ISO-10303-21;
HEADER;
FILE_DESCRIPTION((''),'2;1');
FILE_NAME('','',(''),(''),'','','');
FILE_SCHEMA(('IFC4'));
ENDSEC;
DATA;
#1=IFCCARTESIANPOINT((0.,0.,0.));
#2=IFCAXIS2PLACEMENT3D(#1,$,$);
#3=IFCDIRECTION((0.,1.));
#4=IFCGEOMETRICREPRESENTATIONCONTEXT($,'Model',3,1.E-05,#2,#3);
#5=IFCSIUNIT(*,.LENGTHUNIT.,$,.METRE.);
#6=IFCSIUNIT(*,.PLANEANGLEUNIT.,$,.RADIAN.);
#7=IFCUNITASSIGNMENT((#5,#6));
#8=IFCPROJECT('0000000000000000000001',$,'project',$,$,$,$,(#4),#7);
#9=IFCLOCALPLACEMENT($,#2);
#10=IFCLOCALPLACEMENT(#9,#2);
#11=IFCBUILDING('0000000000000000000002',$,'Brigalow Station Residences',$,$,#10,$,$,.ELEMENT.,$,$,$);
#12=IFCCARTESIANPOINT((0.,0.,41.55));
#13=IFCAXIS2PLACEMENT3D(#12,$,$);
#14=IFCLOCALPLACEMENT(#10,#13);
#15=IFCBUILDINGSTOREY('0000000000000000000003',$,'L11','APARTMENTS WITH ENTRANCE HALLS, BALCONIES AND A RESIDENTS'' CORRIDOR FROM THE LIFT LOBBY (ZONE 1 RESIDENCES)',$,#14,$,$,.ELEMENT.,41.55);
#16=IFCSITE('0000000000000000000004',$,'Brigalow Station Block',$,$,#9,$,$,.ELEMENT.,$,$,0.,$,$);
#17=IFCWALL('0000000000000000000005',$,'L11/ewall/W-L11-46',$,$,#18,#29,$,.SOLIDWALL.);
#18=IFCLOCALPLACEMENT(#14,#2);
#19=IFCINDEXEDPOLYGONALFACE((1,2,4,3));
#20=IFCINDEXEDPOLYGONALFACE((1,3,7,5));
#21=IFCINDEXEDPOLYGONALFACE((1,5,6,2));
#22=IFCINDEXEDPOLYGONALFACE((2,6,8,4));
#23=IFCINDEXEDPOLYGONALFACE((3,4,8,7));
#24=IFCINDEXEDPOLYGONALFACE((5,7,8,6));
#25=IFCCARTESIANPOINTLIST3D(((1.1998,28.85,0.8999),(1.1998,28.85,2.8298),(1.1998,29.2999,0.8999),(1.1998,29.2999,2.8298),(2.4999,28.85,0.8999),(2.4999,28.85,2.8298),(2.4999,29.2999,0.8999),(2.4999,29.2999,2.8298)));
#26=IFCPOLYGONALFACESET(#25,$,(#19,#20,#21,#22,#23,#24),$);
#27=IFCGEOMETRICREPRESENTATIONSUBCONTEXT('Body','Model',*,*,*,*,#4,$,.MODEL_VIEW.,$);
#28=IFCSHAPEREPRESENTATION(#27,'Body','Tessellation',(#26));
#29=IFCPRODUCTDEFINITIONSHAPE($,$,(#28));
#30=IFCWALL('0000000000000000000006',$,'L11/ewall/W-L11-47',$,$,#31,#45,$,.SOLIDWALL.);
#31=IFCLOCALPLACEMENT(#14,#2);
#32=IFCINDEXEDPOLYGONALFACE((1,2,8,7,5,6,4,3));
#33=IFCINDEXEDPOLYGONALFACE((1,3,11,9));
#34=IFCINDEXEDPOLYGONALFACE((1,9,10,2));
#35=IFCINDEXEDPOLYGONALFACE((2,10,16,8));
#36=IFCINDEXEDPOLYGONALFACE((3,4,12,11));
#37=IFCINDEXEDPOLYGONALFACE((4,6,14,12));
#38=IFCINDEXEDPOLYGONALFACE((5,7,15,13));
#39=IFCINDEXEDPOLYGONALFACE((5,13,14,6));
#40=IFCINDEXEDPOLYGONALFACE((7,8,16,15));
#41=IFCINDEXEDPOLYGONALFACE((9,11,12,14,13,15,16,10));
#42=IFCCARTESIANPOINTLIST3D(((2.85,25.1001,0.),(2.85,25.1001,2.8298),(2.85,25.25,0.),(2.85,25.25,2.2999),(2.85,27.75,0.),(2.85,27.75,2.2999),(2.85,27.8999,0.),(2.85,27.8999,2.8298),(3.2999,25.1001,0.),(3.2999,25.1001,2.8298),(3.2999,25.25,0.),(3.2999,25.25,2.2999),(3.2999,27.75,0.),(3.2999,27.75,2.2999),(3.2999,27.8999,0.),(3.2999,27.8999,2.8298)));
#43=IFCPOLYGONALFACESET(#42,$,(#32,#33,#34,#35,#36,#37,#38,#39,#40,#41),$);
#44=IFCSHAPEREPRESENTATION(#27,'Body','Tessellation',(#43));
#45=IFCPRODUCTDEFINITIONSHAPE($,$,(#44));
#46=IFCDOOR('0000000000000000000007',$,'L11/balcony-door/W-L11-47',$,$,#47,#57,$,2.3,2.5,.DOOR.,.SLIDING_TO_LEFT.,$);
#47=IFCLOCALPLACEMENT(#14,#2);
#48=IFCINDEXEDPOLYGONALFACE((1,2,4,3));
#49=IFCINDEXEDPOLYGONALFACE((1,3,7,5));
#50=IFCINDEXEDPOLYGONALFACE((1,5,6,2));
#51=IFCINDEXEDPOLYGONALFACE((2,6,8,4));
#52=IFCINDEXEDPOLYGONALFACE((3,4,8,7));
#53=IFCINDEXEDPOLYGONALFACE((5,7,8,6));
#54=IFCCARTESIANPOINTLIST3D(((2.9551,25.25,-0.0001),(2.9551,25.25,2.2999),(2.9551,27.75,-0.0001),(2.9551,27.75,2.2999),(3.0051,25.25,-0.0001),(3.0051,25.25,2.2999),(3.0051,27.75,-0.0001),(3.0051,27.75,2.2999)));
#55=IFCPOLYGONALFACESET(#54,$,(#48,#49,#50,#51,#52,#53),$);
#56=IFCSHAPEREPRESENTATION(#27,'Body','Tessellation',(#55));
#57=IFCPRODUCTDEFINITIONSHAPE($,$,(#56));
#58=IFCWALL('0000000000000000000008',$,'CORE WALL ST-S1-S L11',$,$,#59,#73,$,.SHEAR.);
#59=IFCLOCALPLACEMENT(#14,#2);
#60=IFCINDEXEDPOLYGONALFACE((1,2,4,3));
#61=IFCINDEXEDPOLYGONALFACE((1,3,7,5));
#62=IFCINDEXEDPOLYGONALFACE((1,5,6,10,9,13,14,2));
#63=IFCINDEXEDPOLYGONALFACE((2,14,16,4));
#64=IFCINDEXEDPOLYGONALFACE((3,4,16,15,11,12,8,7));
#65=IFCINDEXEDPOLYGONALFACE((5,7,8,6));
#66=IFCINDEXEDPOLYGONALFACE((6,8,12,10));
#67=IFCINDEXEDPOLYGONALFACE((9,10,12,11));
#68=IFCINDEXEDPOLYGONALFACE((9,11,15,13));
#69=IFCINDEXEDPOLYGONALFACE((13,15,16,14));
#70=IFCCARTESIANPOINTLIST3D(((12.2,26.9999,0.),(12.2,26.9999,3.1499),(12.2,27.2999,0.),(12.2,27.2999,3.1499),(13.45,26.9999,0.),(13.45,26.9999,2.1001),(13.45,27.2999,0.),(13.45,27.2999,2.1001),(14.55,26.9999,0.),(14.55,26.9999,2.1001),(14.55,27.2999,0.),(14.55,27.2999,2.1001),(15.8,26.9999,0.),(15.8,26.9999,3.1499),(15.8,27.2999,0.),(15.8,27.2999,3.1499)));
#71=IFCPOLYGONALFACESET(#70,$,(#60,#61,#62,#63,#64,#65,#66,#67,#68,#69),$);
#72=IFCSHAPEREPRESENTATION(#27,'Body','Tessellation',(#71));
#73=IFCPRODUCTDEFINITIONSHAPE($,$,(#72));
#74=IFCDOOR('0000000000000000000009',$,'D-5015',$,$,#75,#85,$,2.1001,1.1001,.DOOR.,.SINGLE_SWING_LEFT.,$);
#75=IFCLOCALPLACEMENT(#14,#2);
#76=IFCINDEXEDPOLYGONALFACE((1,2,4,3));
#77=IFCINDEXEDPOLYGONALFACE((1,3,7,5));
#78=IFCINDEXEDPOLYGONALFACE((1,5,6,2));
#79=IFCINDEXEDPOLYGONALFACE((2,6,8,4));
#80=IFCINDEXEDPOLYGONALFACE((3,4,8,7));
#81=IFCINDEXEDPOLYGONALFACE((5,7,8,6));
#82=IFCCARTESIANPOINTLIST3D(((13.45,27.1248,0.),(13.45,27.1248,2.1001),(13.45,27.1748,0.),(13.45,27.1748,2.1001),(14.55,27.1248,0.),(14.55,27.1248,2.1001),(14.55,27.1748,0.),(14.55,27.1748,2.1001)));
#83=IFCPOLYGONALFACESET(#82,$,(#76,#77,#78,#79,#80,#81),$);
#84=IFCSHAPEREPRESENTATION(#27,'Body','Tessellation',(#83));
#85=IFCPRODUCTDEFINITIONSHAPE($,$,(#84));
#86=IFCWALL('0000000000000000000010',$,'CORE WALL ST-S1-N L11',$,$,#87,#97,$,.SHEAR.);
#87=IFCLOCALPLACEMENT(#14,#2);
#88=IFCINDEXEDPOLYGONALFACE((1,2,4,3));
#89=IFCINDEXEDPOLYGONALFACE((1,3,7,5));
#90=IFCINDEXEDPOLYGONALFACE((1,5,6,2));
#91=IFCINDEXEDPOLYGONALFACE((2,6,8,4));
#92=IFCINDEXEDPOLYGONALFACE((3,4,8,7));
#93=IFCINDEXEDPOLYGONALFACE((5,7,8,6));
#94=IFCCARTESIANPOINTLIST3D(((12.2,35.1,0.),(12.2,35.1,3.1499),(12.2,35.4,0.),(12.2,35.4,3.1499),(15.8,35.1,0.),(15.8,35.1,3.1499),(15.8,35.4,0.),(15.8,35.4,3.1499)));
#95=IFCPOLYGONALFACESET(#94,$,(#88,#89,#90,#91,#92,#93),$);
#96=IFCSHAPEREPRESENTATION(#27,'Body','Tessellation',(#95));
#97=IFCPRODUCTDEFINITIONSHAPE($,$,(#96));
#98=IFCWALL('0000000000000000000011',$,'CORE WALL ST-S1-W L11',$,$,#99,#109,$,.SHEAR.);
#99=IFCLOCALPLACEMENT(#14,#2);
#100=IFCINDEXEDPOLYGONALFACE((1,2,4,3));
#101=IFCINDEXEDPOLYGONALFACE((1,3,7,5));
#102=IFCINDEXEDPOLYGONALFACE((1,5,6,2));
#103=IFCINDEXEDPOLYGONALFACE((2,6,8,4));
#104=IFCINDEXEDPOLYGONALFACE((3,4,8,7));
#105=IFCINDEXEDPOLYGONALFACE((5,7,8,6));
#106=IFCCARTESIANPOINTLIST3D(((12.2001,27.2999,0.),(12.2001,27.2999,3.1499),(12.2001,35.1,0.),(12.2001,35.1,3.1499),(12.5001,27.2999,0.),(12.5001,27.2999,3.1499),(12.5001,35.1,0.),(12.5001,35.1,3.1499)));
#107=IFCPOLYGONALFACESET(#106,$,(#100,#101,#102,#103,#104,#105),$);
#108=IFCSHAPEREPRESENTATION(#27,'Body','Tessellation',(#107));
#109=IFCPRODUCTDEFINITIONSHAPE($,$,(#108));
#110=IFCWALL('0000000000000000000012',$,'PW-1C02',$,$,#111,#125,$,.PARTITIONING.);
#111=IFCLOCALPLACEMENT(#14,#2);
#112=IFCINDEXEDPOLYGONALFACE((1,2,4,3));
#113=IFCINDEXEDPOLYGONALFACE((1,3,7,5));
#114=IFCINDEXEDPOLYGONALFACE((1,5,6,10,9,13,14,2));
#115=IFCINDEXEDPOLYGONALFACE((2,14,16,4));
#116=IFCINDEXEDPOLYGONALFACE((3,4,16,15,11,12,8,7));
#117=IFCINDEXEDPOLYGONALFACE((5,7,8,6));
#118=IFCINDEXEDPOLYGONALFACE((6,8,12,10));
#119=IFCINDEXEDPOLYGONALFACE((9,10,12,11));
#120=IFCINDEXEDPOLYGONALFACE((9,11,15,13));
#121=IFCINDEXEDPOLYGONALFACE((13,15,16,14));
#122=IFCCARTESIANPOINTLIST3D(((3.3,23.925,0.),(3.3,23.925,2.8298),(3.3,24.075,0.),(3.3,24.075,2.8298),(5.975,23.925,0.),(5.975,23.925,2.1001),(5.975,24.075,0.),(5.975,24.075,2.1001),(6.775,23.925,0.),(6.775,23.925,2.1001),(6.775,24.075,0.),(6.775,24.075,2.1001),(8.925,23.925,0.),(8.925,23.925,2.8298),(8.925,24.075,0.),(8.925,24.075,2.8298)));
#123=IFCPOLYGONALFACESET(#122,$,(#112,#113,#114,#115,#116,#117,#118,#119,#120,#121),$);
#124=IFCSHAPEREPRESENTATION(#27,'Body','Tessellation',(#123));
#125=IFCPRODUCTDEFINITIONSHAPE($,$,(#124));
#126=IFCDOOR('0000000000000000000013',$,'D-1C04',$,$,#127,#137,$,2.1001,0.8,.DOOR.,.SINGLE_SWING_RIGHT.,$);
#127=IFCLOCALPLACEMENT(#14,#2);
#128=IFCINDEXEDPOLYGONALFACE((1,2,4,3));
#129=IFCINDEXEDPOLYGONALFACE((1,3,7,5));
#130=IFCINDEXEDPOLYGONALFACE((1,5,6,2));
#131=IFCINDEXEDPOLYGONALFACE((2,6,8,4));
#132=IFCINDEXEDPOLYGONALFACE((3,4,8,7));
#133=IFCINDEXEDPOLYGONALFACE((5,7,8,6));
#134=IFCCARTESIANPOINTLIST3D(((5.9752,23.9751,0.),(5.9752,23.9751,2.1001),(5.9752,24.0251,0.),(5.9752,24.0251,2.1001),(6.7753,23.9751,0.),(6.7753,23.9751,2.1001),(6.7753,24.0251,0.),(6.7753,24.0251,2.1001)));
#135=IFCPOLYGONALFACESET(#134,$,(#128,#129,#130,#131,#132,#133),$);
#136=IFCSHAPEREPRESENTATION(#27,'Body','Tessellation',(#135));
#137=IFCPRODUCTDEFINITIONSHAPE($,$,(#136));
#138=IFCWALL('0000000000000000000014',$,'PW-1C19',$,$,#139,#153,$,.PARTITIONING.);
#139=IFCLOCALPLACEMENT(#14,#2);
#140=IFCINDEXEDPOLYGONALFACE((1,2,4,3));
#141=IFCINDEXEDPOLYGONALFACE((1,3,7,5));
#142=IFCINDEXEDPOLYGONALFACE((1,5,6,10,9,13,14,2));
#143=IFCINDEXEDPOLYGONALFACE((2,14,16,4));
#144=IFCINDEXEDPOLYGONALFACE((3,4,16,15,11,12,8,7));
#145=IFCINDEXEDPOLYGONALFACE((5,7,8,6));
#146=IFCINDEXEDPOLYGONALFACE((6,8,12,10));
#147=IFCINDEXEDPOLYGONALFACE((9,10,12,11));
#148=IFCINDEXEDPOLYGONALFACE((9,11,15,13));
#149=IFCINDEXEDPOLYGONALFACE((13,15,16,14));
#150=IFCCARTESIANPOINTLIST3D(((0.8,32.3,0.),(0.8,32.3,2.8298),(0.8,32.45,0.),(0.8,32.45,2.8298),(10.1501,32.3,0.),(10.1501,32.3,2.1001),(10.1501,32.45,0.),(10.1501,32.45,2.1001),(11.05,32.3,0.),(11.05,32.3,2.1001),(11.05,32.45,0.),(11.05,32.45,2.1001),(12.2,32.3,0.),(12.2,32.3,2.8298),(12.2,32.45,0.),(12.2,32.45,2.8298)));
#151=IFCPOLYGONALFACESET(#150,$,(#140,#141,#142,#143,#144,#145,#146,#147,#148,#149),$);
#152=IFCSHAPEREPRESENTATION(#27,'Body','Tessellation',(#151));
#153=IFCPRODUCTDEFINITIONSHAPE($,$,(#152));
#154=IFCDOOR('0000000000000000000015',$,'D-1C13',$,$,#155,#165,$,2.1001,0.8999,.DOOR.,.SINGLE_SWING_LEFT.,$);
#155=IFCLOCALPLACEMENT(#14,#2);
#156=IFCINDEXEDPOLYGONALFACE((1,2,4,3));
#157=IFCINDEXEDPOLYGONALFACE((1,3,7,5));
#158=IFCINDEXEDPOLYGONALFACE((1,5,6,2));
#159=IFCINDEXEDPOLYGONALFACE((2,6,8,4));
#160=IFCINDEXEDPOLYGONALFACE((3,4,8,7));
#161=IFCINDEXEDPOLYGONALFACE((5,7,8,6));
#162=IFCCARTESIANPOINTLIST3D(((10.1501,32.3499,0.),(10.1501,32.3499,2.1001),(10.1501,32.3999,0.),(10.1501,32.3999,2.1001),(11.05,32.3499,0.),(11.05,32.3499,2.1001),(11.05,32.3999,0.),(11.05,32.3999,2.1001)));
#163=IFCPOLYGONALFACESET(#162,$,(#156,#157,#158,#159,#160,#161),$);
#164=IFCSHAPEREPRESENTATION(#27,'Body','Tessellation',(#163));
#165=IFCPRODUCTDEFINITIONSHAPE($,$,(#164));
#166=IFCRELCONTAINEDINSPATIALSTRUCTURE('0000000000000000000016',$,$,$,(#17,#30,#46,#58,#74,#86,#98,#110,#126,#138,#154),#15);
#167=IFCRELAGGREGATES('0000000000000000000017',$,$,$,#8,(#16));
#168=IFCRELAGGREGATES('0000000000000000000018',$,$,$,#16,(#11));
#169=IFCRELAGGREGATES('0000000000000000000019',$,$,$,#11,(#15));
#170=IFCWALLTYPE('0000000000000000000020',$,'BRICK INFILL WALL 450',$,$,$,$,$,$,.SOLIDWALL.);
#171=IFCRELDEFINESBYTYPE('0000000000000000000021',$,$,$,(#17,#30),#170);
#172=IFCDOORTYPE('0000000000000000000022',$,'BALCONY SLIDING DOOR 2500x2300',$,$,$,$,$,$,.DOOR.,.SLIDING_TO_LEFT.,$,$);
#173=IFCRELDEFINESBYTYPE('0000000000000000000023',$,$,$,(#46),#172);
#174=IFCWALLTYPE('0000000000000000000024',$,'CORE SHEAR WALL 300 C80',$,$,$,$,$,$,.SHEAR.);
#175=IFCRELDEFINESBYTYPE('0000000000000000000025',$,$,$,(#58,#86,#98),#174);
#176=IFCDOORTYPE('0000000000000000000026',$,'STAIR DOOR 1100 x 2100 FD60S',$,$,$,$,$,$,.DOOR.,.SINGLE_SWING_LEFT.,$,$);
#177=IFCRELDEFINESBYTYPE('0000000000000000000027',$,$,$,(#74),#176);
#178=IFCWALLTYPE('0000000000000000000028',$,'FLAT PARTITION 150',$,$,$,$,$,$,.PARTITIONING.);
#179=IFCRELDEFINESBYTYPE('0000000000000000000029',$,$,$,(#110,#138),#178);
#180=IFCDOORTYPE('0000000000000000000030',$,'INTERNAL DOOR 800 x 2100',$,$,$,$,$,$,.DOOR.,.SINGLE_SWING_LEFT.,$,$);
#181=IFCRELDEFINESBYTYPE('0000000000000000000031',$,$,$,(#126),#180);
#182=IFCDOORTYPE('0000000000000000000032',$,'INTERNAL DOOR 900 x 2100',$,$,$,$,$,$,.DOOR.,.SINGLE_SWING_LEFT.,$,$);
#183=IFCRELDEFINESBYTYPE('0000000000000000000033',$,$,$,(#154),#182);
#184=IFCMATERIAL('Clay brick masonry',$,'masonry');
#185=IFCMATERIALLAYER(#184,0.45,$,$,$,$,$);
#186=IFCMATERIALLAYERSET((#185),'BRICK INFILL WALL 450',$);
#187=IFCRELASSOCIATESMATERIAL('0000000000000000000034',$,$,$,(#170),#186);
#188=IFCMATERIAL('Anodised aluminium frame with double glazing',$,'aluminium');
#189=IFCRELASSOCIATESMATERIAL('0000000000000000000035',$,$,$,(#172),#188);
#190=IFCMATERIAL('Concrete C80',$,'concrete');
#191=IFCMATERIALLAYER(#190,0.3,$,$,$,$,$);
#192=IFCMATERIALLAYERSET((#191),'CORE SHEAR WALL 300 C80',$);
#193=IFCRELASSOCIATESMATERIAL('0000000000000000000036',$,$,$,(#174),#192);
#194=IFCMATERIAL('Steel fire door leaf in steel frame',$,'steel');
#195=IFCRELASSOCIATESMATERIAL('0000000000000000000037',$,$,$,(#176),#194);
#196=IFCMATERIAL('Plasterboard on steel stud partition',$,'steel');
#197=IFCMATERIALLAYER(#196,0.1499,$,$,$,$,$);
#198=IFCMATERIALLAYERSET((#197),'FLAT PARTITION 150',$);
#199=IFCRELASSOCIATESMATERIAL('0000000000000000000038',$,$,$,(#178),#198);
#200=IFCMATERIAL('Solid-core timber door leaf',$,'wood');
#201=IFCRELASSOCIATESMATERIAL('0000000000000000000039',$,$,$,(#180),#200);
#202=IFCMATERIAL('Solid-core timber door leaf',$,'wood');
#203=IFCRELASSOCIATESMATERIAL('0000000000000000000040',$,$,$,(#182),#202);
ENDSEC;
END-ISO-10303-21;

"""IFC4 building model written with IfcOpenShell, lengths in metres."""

from ifc_helpers import new_model, si_unit, direction, frame, frame_2d, origin, place, context, subcontext, project, spatial, rectangle, extrude, material, layer, layer_set, type_object, element, fill, save


model = new_model("IFC4")

# Units and contexts
model_context = context("Model", 3, precision=1e-05, world=origin(), true_north=direction((0.0, 1.0)))
body_context = subcontext(model_context, "Body", "Model", "MODEL_VIEW")
ifc_project = project(units=[si_unit("LENGTHUNIT", "METRE"), si_unit("PLANEANGLEUNIT", "RADIAN")], contexts=[model_context])

# Site, building, storey
site_placement = place(None, origin())
site = spatial("IfcSite", under=ifc_project, at=site_placement, Name="Brigalow Station Block", CompositionType="ELEMENT", RefElevation=0.0)
building_placement = place(site_placement, origin())
building = spatial("IfcBuilding", under=site, at=building_placement, Name="Brigalow Station Residences", CompositionType="ELEMENT")
storey_placement = place(building_placement, frame((0.0, 0.0, 41.55)))
storey = spatial("IfcBuildingStorey", under=building, at=storey_placement, Name="L11", Description="APARTMENTS WITH ENTRANCE HALLS, BALCONIES AND A RESIDENTS' CORRIDOR FROM THE LIFT LOBBY (ZONE 1 RESIDENCES)", CompositionType="ELEMENT", Elevation=41.55)

# Shared definitions
ifc_material_1 = material(Name="Clay brick masonry", Category="masonry")
ifc_layer_1 = layer(ifc_material_1, 0.45)
ifc_layer_set_1 = layer_set([ifc_layer_1], Name="BRICK INFILL WALL 450")
wall_type_1 = type_object("IfcWallType", Name="BRICK INFILL WALL 450", PredefinedType="SOLIDWALL", material=ifc_layer_set_1)

# Wall
wall_1_placement = place(storey_placement, frame((1.2, 29.075, 0.8999), z_axis=(0.0, 0.0, 1.0), x_axis=(1.0, 0.0, 0.0)))
element("IfcWall", 1, at=wall_1_placement, inside=storey, type_object=wall_type_1, Name="L11/ewall/W-L11-46", PredefinedType="SOLIDWALL", context=body_context, shape_type="SweptSolid", body=[
    extrude(rectangle(XDim=1.3, YDim=0.45, at=frame_2d((0.6499, 0.0))), origin(), (0.0, 0.0, 1.0), 1.9299),
])

# Walls, openings, doors
wall_2_placement = place(storey_placement, frame((3.075, 27.8999, 0.0), z_axis=(0.0, 0.0, 1.0), x_axis=(0.0, -1.0, 0.0)))
wall_2 = element("IfcWall", 2, at=wall_2_placement, inside=storey, type_object=wall_type_1, Name="L11/ewall/W-L11-47", PredefinedType="SOLIDWALL", context=body_context, shape_type="SweptSolid", body=[
    extrude(rectangle(XDim=2.7998, YDim=0.45, at=frame_2d((1.3999, 0.0))), origin(), (0.0, 0.0, 1.0), 2.8298),
])
opening_1_placement = place(wall_2_placement, frame((0.1499, 0.0, 0.0)))
opening_1 = element("IfcOpeningElement", 3, at=opening_1_placement, cuts=wall_2, PredefinedType="OPENING", context=body_context, shape_type="SweptSolid", body=[
    extrude(rectangle(XDim=2.5, YDim=2.3, at=frame_2d((1.25, 1.1499))), frame((0.0, 0.2349, 0.0), z_axis=(0.0, -1.0, 0.0), x_axis=(1.0, 0.0, 0.0)), (0.0, 0.0, 1.0), 0.47),
])
ifc_material_2 = material(Name="Anodised aluminium frame with double glazing", Category="aluminium")
door_type_1 = type_object("IfcDoorType", Name="BALCONY SLIDING DOOR 2500x2300", OperationType="SLIDING_TO_LEFT", PredefinedType="DOOR", material=ifc_material_2)
door_1_placement = place(opening_1_placement, origin())
door_1 = element("IfcDoor", 4, at=door_1_placement, inside=storey, type_object=door_type_1, Name="L11/balcony-door/W-L11-47", OperationType="SLIDING_TO_LEFT", OverallHeight=2.3, OverallWidth=2.5, PredefinedType="DOOR", context=body_context, shape_type="SweptSolid", body=[
    extrude(rectangle(XDim=2.5, YDim=2.3, at=frame_2d((1.25, 1.1499))), frame((0.0, -0.0698, 0.0), z_axis=(0.0, -1.0, 0.0), x_axis=(1.0, 0.0, 0.0)), (0.0, 0.0, 1.0), 0.05),
])
fill(opening_1, door_1)
ifc_material_3 = material(Name="Concrete C80", Category="concrete")
ifc_layer_2 = layer(ifc_material_3, 0.3)
ifc_layer_set_2 = layer_set([ifc_layer_2], Name="CORE SHEAR WALL 300 C80")
wall_type_2 = type_object("IfcWallType", Name="CORE SHEAR WALL 300 C80", PredefinedType="SHEAR", material=ifc_layer_set_2)
wall_3_placement = place(storey_placement, frame((12.2, 27.1499, 0.0), z_axis=(0.0, 0.0, 1.0), x_axis=(1.0, 0.0, 0.0)))
wall_3 = element("IfcWall", 5, at=wall_3_placement, inside=storey, type_object=wall_type_2, Name="CORE WALL ST-S1-S L11", PredefinedType="SHEAR", context=body_context, shape_type="SweptSolid", body=[
    extrude(rectangle(XDim=3.6001, YDim=0.3, at=frame_2d((1.8, 0.0))), origin(), (0.0, 0.0, 1.0), 3.1499),
])
opening_2_placement = place(wall_3_placement, frame((1.25, 0.0, 0.0)))
opening_2 = element("IfcOpeningElement", 6, at=opening_2_placement, cuts=wall_3, PredefinedType="OPENING", context=body_context, shape_type="SweptSolid", body=[
    extrude(rectangle(XDim=1.1001, YDim=2.1001, at=frame_2d((0.55, 1.05))), frame((0.0, 0.1602, 0.0), z_axis=(0.0, -1.0, 0.0), x_axis=(1.0, 0.0, 0.0)), (0.0, 0.0, 1.0), 0.3201),
])
ifc_material_4 = material(Name="Steel fire door leaf in steel frame", Category="steel")
door_type_2 = type_object("IfcDoorType", Name="STAIR DOOR 1100 x 2100 FD60S", OperationType="SINGLE_SWING_LEFT", PredefinedType="DOOR", material=ifc_material_4)
door_2_placement = place(opening_2_placement, origin())
door_2 = element("IfcDoor", 7, at=door_2_placement, inside=storey, type_object=door_type_2, Name="D-5015", OperationType="SINGLE_SWING_LEFT", OverallHeight=2.1001, OverallWidth=1.1001, PredefinedType="DOOR", context=body_context, shape_type="SweptSolid", body=[
    extrude(rectangle(XDim=1.1001, YDim=2.1001, at=frame_2d((0.55, 1.05))), frame((0.0, 0.0249, 0.0), z_axis=(0.0, -1.0, 0.0), x_axis=(1.0, 0.0, 0.0)), (0.0, 0.0, 1.0), 0.05),
])
fill(opening_2, door_2)

# Walls
wall_4_placement = place(storey_placement, frame((12.2, 35.25, 0.0), z_axis=(0.0, 0.0, 1.0), x_axis=(1.0, 0.0, 0.0)))
element("IfcWall", 8, at=wall_4_placement, inside=storey, type_object=wall_type_2, Name="CORE WALL ST-S1-N L11", PredefinedType="SHEAR", context=body_context, shape_type="SweptSolid", body=[
    extrude(rectangle(XDim=3.6001, YDim=0.3, at=frame_2d((1.8, 0.0))), origin(), (0.0, 0.0, 1.0), 3.1499),
])
wall_5_placement = place(storey_placement, frame((12.3501, 27.3, 0.0), z_axis=(0.0, 0.0, 1.0), x_axis=(0.0, 1.0, 0.0)))
element("IfcWall", 9, at=wall_5_placement, inside=storey, type_object=wall_type_2, Name="CORE WALL ST-S1-W L11", PredefinedType="SHEAR", context=body_context, shape_type="SweptSolid", body=[
    extrude(rectangle(XDim=7.8, YDim=0.3, at=frame_2d((3.8999, 0.0))), origin(), (0.0, 0.0, 1.0), 3.1499),
])

# Walls, openings, doors
ifc_material_5 = material(Name="Plasterboard on steel stud partition", Category="steel")
ifc_layer_3 = layer(ifc_material_5, 0.1499)
ifc_layer_set_3 = layer_set([ifc_layer_3], Name="FLAT PARTITION 150")
wall_type_3 = type_object("IfcWallType", Name="FLAT PARTITION 150", PredefinedType="PARTITIONING", material=ifc_layer_set_3)
wall_6_placement = place(storey_placement, frame((3.3, 24.0, 0.0), z_axis=(0.0, 0.0, 1.0), x_axis=(1.0, 0.0, 0.0)))
wall_6 = element("IfcWall", 10, at=wall_6_placement, inside=storey, type_object=wall_type_3, Name="PW-1C02", PredefinedType="PARTITIONING", context=body_context, shape_type="SweptSolid", body=[
    extrude(rectangle(XDim=5.625, YDim=0.1499, at=frame_2d((2.8125, 0.0))), origin(), (0.0, 0.0, 1.0), 2.8298),
])
opening_3_placement = place(wall_6_placement, frame((2.675, 0.0, 0.0)))
opening_3 = element("IfcOpeningElement", 11, at=opening_3_placement, cuts=wall_6, PredefinedType="OPENING", context=body_context, shape_type="SweptSolid", body=[
    extrude(rectangle(XDim=0.8, YDim=2.1001, at=frame_2d((0.3999, 1.05))), frame((0.0, 0.085, 0.0), z_axis=(0.0, -1.0, 0.0), x_axis=(1.0, 0.0, 0.0)), (0.0, 0.0, 1.0), 0.1699),
])
ifc_material_6 = material(Name="Solid-core timber door leaf", Category="wood")
door_type_3 = type_object("IfcDoorType", Name="INTERNAL DOOR 800 x 2100", OperationType="SINGLE_SWING_LEFT", PredefinedType="DOOR", material=ifc_material_6)
door_3_placement = place(opening_3_placement, frame((0.8, 0.0, 0.0), z_axis=(0.0, 0.0, 1.0), x_axis=(-1.0, 0.0, 0.0)))
door_3 = element("IfcDoor", 12, at=door_3_placement, inside=storey, type_object=door_type_3, Name="D-1C04", OperationType="SINGLE_SWING_RIGHT", OverallHeight=2.1001, OverallWidth=0.8, PredefinedType="DOOR", context=body_context, shape_type="SweptSolid", body=[
    extrude(rectangle(XDim=0.8, YDim=2.1001, at=frame_2d((0.3999, 1.05))), frame((0.0, 0.0249, 0.0), z_axis=(0.0, -1.0, 0.0), x_axis=(1.0, 0.0, 0.0)), (0.0, 0.0, 1.0), 0.05),
])
fill(opening_3, door_3)
wall_7_placement = place(storey_placement, frame((0.8, 32.375, 0.0), z_axis=(0.0, 0.0, 1.0), x_axis=(1.0, 0.0, 0.0)))
wall_7 = element("IfcWall", 13, at=wall_7_placement, inside=storey, type_object=wall_type_3, Name="PW-1C19", PredefinedType="PARTITIONING", context=body_context, shape_type="SweptSolid", body=[
    extrude(rectangle(XDim=11.3999, YDim=0.1499, at=frame_2d((5.7, 0.0))), origin(), (0.0, 0.0, 1.0), 2.8298),
])
opening_4_placement = place(wall_7_placement, frame((9.3501, 0.0, 0.0)))
opening_4 = element("IfcOpeningElement", 14, at=opening_4_placement, cuts=wall_7, PredefinedType="OPENING", context=body_context, shape_type="SweptSolid", body=[
    extrude(rectangle(XDim=0.8999, YDim=2.1001, at=frame_2d((0.45, 1.05))), frame((0.0, 0.085, 0.0), z_axis=(0.0, -1.0, 0.0), x_axis=(1.0, 0.0, 0.0)), (0.0, 0.0, 1.0), 0.1699),
])
ifc_material_7 = material(Name="Solid-core timber door leaf", Category="wood")
door_type_4 = type_object("IfcDoorType", Name="INTERNAL DOOR 900 x 2100", OperationType="SINGLE_SWING_LEFT", PredefinedType="DOOR", material=ifc_material_7)
door_4_placement = place(opening_4_placement, origin())
door_4 = element("IfcDoor", 15, at=door_4_placement, inside=storey, type_object=door_type_4, Name="D-1C13", OperationType="SINGLE_SWING_LEFT", OverallHeight=2.1001, OverallWidth=0.8999, PredefinedType="DOOR", context=body_context, shape_type="SweptSolid", body=[
    extrude(rectangle(XDim=0.8999, YDim=2.1001, at=frame_2d((0.45, 1.05))), frame((0.0, 0.0249, 0.0), z_axis=(0.0, -1.0, 0.0), x_axis=(1.0, 0.0, 0.0)), (0.0, 0.0, 1.0), 0.05),
])
fill(opening_4, door_4)

save(model, "model.ifc")
